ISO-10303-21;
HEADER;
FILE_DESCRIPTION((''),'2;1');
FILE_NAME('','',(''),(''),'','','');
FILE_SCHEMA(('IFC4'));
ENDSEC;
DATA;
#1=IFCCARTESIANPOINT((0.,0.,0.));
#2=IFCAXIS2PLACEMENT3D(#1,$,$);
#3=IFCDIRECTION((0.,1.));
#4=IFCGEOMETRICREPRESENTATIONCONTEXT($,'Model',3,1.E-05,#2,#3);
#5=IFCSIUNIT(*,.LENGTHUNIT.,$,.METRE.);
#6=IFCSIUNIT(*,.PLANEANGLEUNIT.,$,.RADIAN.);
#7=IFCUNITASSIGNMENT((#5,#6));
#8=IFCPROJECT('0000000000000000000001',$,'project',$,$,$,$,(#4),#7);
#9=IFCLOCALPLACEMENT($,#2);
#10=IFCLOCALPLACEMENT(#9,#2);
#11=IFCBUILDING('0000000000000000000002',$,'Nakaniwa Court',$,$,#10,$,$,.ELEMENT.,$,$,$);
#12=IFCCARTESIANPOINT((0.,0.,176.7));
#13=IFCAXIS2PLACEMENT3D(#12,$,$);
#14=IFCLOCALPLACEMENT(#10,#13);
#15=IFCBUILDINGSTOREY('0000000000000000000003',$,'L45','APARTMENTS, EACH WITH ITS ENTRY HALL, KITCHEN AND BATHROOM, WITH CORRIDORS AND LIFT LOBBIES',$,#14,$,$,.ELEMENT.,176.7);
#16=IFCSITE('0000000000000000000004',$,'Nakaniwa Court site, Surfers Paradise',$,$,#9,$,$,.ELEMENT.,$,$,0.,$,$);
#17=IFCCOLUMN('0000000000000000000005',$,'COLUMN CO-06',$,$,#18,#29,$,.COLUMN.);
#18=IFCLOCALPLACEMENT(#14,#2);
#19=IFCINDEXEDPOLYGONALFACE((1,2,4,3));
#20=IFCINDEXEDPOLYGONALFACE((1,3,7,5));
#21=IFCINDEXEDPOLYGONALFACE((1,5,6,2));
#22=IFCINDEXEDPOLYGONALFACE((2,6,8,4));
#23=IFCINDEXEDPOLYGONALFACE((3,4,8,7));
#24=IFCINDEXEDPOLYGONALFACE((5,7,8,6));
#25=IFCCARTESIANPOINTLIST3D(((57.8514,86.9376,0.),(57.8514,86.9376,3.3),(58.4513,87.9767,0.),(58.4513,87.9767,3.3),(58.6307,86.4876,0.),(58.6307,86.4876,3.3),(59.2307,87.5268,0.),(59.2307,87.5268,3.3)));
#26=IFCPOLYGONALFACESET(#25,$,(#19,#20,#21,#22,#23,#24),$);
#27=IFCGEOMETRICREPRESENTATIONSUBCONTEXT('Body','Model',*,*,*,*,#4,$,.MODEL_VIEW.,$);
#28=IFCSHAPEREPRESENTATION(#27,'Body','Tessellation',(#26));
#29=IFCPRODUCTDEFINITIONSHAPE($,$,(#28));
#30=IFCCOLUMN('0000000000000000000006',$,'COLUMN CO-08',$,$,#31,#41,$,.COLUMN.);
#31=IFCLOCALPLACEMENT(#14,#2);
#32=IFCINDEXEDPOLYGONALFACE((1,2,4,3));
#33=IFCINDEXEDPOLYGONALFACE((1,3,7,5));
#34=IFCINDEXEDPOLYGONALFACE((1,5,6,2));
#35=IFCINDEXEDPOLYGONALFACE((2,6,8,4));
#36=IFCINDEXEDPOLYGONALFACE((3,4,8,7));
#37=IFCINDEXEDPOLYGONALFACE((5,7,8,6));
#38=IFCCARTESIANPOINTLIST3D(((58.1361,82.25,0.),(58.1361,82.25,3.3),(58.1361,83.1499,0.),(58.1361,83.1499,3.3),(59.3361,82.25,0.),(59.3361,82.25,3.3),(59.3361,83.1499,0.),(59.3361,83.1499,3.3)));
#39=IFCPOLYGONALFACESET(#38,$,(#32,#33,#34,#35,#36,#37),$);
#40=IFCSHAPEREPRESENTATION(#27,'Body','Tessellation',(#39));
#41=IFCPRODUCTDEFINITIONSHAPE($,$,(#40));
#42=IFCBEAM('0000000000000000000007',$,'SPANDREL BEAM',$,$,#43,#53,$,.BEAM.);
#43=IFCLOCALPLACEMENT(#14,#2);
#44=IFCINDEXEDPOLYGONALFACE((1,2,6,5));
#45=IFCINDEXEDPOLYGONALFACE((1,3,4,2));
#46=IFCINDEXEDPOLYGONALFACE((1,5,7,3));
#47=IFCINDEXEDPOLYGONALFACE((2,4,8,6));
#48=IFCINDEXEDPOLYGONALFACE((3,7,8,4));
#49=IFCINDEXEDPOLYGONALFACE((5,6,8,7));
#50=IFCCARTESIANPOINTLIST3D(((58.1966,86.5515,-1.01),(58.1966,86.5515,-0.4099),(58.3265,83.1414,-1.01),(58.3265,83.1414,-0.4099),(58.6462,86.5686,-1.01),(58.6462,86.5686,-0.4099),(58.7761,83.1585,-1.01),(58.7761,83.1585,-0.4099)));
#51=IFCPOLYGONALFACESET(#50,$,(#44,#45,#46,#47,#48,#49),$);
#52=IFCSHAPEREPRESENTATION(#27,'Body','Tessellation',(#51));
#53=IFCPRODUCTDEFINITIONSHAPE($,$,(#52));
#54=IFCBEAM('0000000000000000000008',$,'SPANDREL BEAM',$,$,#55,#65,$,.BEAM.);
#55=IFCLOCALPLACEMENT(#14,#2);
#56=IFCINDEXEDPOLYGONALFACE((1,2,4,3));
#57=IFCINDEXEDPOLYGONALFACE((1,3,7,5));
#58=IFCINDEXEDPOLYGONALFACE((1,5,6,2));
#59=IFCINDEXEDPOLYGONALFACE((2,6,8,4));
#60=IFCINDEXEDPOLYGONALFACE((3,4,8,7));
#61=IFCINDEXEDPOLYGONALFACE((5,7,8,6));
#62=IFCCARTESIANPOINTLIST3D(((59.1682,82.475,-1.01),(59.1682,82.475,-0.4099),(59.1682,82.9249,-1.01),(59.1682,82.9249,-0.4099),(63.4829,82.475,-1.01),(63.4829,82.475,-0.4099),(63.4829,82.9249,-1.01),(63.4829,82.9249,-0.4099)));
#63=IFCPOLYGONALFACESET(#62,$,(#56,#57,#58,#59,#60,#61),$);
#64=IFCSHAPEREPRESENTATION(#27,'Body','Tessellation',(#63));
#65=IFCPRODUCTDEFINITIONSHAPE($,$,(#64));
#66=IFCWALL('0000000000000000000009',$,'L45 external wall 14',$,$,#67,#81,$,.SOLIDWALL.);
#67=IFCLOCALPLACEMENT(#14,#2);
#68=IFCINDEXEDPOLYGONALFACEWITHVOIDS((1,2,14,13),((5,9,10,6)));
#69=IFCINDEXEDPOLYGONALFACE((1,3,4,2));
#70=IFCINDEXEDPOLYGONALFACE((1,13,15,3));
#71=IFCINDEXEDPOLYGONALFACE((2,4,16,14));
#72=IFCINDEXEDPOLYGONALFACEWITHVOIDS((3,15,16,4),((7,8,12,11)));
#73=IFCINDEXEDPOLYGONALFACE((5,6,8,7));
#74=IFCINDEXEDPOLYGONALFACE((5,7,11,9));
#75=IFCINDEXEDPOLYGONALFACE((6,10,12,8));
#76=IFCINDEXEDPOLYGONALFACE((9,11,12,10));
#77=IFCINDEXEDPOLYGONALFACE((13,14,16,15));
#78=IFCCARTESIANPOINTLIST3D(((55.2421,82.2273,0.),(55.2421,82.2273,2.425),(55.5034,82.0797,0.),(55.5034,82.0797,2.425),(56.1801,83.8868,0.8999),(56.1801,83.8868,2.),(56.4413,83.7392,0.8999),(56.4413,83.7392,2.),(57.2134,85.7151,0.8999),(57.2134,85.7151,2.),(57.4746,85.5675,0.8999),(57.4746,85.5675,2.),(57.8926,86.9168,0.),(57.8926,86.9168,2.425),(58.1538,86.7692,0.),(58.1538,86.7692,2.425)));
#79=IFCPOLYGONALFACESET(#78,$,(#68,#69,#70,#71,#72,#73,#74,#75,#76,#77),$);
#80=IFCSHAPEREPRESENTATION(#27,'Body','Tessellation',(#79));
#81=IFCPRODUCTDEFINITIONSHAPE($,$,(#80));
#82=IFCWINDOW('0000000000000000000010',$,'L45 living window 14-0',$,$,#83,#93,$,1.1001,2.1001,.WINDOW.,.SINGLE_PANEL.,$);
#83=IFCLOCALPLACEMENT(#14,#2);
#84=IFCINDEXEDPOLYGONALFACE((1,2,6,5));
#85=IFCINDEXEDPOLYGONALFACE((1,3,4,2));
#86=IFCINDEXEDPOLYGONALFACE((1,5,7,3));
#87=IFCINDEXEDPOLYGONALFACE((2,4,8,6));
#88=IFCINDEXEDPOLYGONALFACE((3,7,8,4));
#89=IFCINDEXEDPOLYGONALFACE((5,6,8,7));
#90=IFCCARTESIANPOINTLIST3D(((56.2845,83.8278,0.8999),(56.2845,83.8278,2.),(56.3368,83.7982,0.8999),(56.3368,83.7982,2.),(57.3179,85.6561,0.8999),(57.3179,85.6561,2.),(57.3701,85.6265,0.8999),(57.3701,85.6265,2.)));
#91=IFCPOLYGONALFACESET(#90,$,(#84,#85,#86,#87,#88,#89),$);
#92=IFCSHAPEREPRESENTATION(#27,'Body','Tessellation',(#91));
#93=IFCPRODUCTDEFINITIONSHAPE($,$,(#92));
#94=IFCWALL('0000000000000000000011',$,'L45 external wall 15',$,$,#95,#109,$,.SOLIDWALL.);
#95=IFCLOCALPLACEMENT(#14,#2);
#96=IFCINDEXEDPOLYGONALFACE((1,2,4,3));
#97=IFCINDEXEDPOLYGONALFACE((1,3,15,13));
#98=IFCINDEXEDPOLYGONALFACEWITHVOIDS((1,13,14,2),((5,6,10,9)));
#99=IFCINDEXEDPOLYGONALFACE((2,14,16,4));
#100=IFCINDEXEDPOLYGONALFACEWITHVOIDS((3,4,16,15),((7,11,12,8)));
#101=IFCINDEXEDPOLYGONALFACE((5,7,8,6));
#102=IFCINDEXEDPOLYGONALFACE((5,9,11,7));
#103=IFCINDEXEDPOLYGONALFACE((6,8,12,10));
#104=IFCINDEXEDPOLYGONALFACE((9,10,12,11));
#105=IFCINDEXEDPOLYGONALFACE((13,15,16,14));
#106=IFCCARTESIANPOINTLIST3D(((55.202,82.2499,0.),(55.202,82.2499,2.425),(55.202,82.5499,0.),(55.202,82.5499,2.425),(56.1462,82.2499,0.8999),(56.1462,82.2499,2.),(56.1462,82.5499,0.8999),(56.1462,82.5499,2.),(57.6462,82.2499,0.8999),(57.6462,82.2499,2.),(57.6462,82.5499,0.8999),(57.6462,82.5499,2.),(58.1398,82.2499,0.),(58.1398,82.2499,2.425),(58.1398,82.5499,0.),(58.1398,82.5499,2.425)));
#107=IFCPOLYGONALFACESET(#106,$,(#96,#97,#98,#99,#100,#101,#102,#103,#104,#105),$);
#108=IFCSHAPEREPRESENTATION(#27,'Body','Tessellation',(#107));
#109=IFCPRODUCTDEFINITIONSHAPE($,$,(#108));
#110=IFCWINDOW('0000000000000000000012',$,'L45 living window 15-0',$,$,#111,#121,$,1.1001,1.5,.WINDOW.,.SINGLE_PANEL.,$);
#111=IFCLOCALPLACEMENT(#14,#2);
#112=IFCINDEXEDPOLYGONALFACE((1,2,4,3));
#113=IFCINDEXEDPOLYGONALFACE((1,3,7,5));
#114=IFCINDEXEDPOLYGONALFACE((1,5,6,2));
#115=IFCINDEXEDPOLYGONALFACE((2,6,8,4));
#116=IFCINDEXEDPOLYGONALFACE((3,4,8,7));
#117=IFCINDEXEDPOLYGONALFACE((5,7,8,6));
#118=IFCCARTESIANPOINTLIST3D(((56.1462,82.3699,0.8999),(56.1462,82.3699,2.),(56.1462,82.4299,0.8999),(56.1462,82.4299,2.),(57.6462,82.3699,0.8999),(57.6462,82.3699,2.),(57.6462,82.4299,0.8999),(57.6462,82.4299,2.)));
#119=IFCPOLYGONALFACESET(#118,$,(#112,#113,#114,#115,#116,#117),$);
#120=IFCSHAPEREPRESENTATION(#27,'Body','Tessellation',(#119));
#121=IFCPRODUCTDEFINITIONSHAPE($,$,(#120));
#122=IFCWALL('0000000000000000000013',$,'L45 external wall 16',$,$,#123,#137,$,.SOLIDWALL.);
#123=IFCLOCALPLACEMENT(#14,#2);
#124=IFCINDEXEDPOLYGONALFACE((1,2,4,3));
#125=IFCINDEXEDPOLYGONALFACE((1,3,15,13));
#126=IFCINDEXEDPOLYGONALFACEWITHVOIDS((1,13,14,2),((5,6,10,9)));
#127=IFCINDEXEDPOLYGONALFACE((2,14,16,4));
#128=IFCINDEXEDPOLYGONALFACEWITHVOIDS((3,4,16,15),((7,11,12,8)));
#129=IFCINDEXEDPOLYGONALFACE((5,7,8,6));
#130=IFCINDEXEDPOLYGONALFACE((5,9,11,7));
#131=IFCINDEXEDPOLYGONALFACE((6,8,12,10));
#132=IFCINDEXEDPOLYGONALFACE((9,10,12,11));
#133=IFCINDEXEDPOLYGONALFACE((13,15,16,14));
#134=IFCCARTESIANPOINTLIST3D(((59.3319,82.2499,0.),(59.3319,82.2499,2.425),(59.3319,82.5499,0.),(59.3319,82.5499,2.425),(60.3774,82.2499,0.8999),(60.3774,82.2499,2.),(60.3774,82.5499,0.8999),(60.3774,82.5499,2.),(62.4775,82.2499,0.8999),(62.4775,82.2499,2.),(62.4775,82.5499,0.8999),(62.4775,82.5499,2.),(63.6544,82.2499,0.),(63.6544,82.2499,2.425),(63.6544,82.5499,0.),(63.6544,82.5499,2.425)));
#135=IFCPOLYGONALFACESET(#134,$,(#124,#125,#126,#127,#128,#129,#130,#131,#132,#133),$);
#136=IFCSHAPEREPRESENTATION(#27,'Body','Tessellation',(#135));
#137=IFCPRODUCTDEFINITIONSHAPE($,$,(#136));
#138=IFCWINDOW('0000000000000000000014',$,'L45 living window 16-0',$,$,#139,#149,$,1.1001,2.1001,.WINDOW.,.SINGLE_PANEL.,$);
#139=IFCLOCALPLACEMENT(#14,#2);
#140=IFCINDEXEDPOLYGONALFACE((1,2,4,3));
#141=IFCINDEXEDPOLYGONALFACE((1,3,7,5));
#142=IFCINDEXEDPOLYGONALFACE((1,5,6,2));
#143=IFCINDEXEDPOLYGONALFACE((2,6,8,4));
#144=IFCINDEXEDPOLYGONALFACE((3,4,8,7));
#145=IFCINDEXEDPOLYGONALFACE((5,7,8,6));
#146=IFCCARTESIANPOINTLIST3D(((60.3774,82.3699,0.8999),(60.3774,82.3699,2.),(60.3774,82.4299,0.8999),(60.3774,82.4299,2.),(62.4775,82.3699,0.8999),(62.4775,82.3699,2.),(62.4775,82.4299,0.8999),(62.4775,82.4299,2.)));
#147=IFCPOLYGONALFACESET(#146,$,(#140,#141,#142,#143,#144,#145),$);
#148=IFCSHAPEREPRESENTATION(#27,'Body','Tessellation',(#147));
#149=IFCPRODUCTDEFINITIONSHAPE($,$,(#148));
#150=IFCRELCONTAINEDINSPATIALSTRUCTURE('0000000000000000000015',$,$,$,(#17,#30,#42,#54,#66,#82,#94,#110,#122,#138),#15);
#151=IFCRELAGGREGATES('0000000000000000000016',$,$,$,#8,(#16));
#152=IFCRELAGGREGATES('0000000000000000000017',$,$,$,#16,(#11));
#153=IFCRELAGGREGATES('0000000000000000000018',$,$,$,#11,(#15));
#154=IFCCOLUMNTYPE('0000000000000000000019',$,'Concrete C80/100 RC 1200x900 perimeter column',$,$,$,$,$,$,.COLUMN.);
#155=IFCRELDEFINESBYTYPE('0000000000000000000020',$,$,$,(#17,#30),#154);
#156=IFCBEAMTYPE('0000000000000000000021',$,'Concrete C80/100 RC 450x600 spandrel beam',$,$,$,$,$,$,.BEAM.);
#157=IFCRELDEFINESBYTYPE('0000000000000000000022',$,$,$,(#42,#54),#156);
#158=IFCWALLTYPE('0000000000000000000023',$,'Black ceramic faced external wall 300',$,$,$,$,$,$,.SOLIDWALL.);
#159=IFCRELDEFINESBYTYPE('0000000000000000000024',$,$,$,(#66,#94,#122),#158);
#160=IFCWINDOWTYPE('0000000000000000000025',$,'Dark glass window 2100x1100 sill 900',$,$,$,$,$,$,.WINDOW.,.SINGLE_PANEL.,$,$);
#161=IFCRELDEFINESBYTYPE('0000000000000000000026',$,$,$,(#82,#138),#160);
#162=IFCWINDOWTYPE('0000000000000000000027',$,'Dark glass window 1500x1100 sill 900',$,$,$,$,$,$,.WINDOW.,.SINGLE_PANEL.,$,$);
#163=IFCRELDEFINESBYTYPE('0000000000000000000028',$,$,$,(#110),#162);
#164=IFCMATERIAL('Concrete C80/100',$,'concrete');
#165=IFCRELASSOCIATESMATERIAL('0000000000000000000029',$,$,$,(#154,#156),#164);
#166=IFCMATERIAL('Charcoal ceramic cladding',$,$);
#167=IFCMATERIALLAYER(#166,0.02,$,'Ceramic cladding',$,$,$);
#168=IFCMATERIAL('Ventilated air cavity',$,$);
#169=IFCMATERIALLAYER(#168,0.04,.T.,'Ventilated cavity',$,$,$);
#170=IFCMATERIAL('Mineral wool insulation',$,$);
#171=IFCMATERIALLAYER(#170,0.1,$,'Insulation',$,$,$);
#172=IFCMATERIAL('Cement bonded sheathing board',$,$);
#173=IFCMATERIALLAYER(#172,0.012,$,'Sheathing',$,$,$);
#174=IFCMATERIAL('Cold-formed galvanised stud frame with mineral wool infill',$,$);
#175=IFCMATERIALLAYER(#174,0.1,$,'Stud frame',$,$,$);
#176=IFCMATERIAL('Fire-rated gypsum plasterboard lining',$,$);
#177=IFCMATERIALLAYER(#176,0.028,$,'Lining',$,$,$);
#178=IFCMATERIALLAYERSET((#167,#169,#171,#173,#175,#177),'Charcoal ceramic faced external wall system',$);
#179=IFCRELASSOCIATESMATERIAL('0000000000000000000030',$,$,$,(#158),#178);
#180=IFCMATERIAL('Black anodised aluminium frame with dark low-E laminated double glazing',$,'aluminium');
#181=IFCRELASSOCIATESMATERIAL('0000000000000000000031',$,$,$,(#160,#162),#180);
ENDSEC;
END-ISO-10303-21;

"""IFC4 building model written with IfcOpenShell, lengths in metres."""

from ifc_helpers import new_model, si_unit, direction, frame, frame_2d, origin, origin_2d, place, context, subcontext, project, spatial, rectangle, extrude, material, layer, layer_set, material_profile, profile_set, type_object, element, fill, save


model = new_model("IFC4")

# Units and contexts
model_context = context("Model", 3, precision=1e-05, world=origin(), true_north=direction((0.0, 1.0)))
body_context = subcontext(model_context, "Body", "Model", "MODEL_VIEW")
ifc_project = project(units=[si_unit("LENGTHUNIT", "METRE"), si_unit("PLANEANGLEUNIT", "RADIAN")], contexts=[model_context])

# Site, building, storey
site_placement = place(None, origin())
site = spatial("IfcSite", under=ifc_project, at=site_placement, Name="Nakaniwa Court site, Surfers Paradise", CompositionType="ELEMENT", RefElevation=0.0)
building_placement = place(site_placement, origin())
building = spatial("IfcBuilding", under=site, at=building_placement, Name="Nakaniwa Court", CompositionType="ELEMENT")
storey_placement = place(building_placement, frame((0.0, 0.0, 176.7)))
storey = spatial("IfcBuildingStorey", under=building, at=storey_placement, Name="L45", Description="APARTMENTS, EACH WITH ITS ENTRY HALL, KITCHEN AND BATHROOM, WITH CORRIDORS AND LIFT LOBBIES", CompositionType="ELEMENT", Elevation=176.7)

# Columns
ifc_material_1 = material(Name="Concrete C80/100", Category="concrete")
ifc_material_profile_1 = material_profile(ifc_material_1, rectangle(XDim=1.2, YDim=0.8999, at=origin_2d()), Name="Concrete C80/100 RC 1200x900 perimeter column")
ifc_profile_set_1 = profile_set([ifc_material_profile_1], Name="Concrete C80/100")
column_type = type_object("IfcColumnType", Name="Concrete C80/100 RC 1200x900 perimeter column", PredefinedType="COLUMN", material=ifc_profile_set_1)
for number, where, z_axis, x_axis, name in (
    (1, (58.541, 87.2322, 0.0), (0.0, 0.0, 1.0), (-0.5, -0.866025, 0.0), "COLUMN CO-06"),
    (2, (58.7361, 82.7, 0.0), (0.0, 0.0, 1.0), (1.0, 0.0, 0.0), "COLUMN CO-08"),
):
    element("IfcColumn", number, at=place(storey_placement, frame(where, z_axis=z_axis, x_axis=x_axis)), inside=storey, type_object=column_type, Name=name, PredefinedType="COLUMN", context=body_context, shape_type="SweptSolid", body=[
        extrude(rectangle(XDim=1.2, YDim=0.8999, at=origin_2d()), origin(), (0.0, 0.0, 1.0), 3.3),
    ])

# Beams
ifc_material_profile_2 = material_profile(ifc_material_1, rectangle(XDim=0.45, YDim=0.6001, at=origin_2d()), Name="Concrete C80/100 RC 450x600 spandrel beam")
ifc_profile_set_2 = profile_set([ifc_material_profile_2], Name="Concrete C80/100")
beam_type = type_object("IfcBeamType", Name="Concrete C80/100 RC 450x600 spandrel beam", PredefinedType="BEAM", material=ifc_profile_set_2)
beam_1_placement = place(storey_placement, frame((58.4214, 86.5601, -0.71), z_axis=(0.038059, -0.999275, 0.0), x_axis=(0.999275, 0.038059, 0.0)))
element("IfcBeam", 3, at=beam_1_placement, inside=storey, type_object=beam_type, Name="SPANDREL BEAM", PredefinedType="BEAM", context=body_context, shape_type="SweptSolid", body=[
    extrude(rectangle(XDim=0.45, YDim=0.6001, at=origin_2d()), origin(), (0.0, 0.0, 1.0), 3.4126),
])
beam_2_placement = place(storey_placement, frame((59.1682, 82.7, -0.71), z_axis=(1.0, 0.0, 0.0), x_axis=(0.0, 1.0, 0.0)))
element("IfcBeam", 4, at=beam_2_placement, inside=storey, type_object=beam_type, Name="SPANDREL BEAM", PredefinedType="BEAM", context=body_context, shape_type="SweptSolid", body=[
    extrude(rectangle(XDim=0.45, YDim=0.6001, at=origin_2d()), origin(), (0.0, 0.0, 1.0), 4.3147),
])

# Walls, openings, windows
ifc_material_2 = material(Name="Charcoal ceramic cladding")
ifc_layer_1 = layer(ifc_material_2, 0.02, Name="Ceramic cladding")
ifc_material_3 = material(Name="Ventilated air cavity")
ifc_layer_2 = layer(ifc_material_3, 0.04, ventilated=True, Name="Ventilated cavity")
ifc_material_4 = material(Name="Mineral wool insulation")
ifc_layer_3 = layer(ifc_material_4, 0.1, Name="Insulation")
ifc_material_5 = material(Name="Cement bonded sheathing board")
ifc_layer_4 = layer(ifc_material_5, 0.012, Name="Sheathing")
ifc_material_6 = material(Name="Cold-formed galvanised stud frame with mineral wool infill")
ifc_layer_5 = layer(ifc_material_6, 0.1, Name="Stud frame")
ifc_material_7 = material(Name="Fire-rated gypsum plasterboard lining")
ifc_layer_6 = layer(ifc_material_7, 0.028, Name="Lining")
ifc_layer_set = layer_set([ifc_layer_1, ifc_layer_2, ifc_layer_3, ifc_layer_4, ifc_layer_5, ifc_layer_6], Name="Charcoal ceramic faced external wall system")
wall_type = type_object("IfcWallType", Name="Black ceramic faced external wall 300", PredefinedType="SOLIDWALL", material=ifc_layer_set)
wall_1_placement = place(storey_placement, frame((58.0232, 86.843, 0.0), z_axis=(0.0, 0.0, 1.0), x_axis=(-0.492033, -0.870576, 0.0)))
wall_1 = element("IfcWall", 5, at=wall_1_placement, inside=storey, type_object=wall_type, Name="L45 external wall 14", PredefinedType="SOLIDWALL", context=body_context, shape_type="SweptSolid", body=[
    extrude(rectangle(XDim=5.3867, YDim=0.3, at=frame_2d((2.6934, 0.0))), origin(), (0.0, 0.0, 1.0), 2.425),
])
opening_1_placement = place(wall_1_placement, frame((1.3804, 0.0, 0.8999)))
opening_1 = element("IfcOpeningElement", 6, at=opening_1_placement, cuts=wall_1, PredefinedType="OPENING", context=body_context, shape_type="SweptSolid", body=[
    extrude(rectangle(XDim=2.1001, YDim=1.1001, at=frame_2d((1.05, 0.55))), frame((0.0, 0.1599, 0.0), z_axis=(0.0, -1.0, 0.0), x_axis=(1.0, 0.0, 0.0)), (0.0, 0.0, 1.0), 0.3201),
])
ifc_material_8 = material(Name="Black anodised aluminium frame with dark low-E laminated double glazing", Category="aluminium")
window_type_1 = type_object("IfcWindowType", Name="Dark glass window 2100x1100 sill 900", PartitioningType="SINGLE_PANEL", PredefinedType="WINDOW", material=ifc_material_8)
window_1_placement = place(opening_1_placement, origin())
window_1 = element("IfcWindow", 7, at=window_1_placement, inside=storey, type_object=window_type_1, Name="L45 living window 14-0", OverallHeight=1.1001, OverallWidth=2.1001, PartitioningType="SINGLE_PANEL", PredefinedType="WINDOW", context=body_context, shape_type="SweptSolid", body=[
    extrude(rectangle(XDim=2.1001, YDim=1.1001, at=frame_2d((1.05, 0.55))), frame((0.0, 0.03, 0.0), z_axis=(0.0, -1.0, 0.0), x_axis=(1.0, 0.0, 0.0)), (0.0, 0.0, 1.0), 0.0601),
])
fill(opening_1, window_1)
wall_2_placement = place(storey_placement, frame((55.2021, 82.3999, 0.0), z_axis=(0.0, 0.0, 1.0), x_axis=(1.0, 0.0, 0.0)))
wall_2 = element("IfcWall", 8, at=wall_2_placement, inside=storey, type_object=wall_type, Name="L45 external wall 15", PredefinedType="SOLIDWALL", context=body_context, shape_type="SweptSolid", body=[
    extrude(rectangle(XDim=2.9377, YDim=0.3, at=frame_2d((1.4688, 0.0))), origin(), (0.0, 0.0, 1.0), 2.425),
])
opening_2_placement = place(wall_2_placement, frame((0.9441, 0.0, 0.8999)))
opening_2 = element("IfcOpeningElement", 9, at=opening_2_placement, cuts=wall_2, PredefinedType="OPENING", context=body_context, shape_type="SweptSolid", body=[
    extrude(rectangle(XDim=1.5, YDim=1.1001, at=frame_2d((0.75, 0.55))), frame((0.0, 0.1599, 0.0), z_axis=(0.0, -1.0, 0.0), x_axis=(1.0, 0.0, 0.0)), (0.0, 0.0, 1.0), 0.3201),
])
window_type_2 = type_object("IfcWindowType", Name="Dark glass window 1500x1100 sill 900", PartitioningType="SINGLE_PANEL", PredefinedType="WINDOW", material=ifc_material_8)
window_2_placement = place(opening_2_placement, origin())
window_2 = element("IfcWindow", 10, at=window_2_placement, inside=storey, type_object=window_type_2, Name="L45 living window 15-0", OverallHeight=1.1001, OverallWidth=1.5, PartitioningType="SINGLE_PANEL", PredefinedType="WINDOW", context=body_context, shape_type="SweptSolid", body=[
    extrude(rectangle(XDim=1.5, YDim=1.1001, at=frame_2d((0.75, 0.55))), frame((0.0, 0.03, 0.0), z_axis=(0.0, -1.0, 0.0), x_axis=(1.0, 0.0, 0.0)), (0.0, 0.0, 1.0), 0.0601),
])
fill(opening_2, window_2)
wall_3_placement = place(storey_placement, frame((59.332, 82.3999, 0.0), z_axis=(0.0, 0.0, 1.0), x_axis=(1.0, 0.0, 0.0)))
wall_3 = element("IfcWall", 11, at=wall_3_placement, inside=storey, type_object=wall_type, Name="L45 external wall 16", PredefinedType="SOLIDWALL", context=body_context, shape_type="SweptSolid", body=[
    extrude(rectangle(XDim=4.3225, YDim=0.3, at=frame_2d((2.1611, 0.0))), origin(), (0.0, 0.0, 1.0), 2.425),
])
opening_3_placement = place(wall_3_placement, frame((1.0454, 0.0, 0.8999)))
opening_3 = element("IfcOpeningElement", 12, at=opening_3_placement, cuts=wall_3, PredefinedType="OPENING", context=body_context, shape_type="SweptSolid", body=[
    extrude(rectangle(XDim=2.1001, YDim=1.1001, at=frame_2d((1.05, 0.55))), frame((0.0, 0.1599, 0.0), z_axis=(0.0, -1.0, 0.0), x_axis=(1.0, 0.0, 0.0)), (0.0, 0.0, 1.0), 0.3201),
])
window_3_placement = place(opening_3_placement, origin())
window_3 = element("IfcWindow", 13, at=window_3_placement, inside=storey, type_object=window_type_1, Name="L45 living window 16-0", OverallHeight=1.1001, OverallWidth=2.1001, PartitioningType="SINGLE_PANEL", PredefinedType="WINDOW", context=body_context, shape_type="SweptSolid", body=[
    extrude(rectangle(XDim=2.1001, YDim=1.1001, at=frame_2d((1.05, 0.55))), frame((0.0, 0.03, 0.0), z_axis=(0.0, -1.0, 0.0), x_axis=(1.0, 0.0, 0.0)), (0.0, 0.0, 1.0), 0.0601),
])
fill(opening_3, window_3)

save(model, "model.ifc")
